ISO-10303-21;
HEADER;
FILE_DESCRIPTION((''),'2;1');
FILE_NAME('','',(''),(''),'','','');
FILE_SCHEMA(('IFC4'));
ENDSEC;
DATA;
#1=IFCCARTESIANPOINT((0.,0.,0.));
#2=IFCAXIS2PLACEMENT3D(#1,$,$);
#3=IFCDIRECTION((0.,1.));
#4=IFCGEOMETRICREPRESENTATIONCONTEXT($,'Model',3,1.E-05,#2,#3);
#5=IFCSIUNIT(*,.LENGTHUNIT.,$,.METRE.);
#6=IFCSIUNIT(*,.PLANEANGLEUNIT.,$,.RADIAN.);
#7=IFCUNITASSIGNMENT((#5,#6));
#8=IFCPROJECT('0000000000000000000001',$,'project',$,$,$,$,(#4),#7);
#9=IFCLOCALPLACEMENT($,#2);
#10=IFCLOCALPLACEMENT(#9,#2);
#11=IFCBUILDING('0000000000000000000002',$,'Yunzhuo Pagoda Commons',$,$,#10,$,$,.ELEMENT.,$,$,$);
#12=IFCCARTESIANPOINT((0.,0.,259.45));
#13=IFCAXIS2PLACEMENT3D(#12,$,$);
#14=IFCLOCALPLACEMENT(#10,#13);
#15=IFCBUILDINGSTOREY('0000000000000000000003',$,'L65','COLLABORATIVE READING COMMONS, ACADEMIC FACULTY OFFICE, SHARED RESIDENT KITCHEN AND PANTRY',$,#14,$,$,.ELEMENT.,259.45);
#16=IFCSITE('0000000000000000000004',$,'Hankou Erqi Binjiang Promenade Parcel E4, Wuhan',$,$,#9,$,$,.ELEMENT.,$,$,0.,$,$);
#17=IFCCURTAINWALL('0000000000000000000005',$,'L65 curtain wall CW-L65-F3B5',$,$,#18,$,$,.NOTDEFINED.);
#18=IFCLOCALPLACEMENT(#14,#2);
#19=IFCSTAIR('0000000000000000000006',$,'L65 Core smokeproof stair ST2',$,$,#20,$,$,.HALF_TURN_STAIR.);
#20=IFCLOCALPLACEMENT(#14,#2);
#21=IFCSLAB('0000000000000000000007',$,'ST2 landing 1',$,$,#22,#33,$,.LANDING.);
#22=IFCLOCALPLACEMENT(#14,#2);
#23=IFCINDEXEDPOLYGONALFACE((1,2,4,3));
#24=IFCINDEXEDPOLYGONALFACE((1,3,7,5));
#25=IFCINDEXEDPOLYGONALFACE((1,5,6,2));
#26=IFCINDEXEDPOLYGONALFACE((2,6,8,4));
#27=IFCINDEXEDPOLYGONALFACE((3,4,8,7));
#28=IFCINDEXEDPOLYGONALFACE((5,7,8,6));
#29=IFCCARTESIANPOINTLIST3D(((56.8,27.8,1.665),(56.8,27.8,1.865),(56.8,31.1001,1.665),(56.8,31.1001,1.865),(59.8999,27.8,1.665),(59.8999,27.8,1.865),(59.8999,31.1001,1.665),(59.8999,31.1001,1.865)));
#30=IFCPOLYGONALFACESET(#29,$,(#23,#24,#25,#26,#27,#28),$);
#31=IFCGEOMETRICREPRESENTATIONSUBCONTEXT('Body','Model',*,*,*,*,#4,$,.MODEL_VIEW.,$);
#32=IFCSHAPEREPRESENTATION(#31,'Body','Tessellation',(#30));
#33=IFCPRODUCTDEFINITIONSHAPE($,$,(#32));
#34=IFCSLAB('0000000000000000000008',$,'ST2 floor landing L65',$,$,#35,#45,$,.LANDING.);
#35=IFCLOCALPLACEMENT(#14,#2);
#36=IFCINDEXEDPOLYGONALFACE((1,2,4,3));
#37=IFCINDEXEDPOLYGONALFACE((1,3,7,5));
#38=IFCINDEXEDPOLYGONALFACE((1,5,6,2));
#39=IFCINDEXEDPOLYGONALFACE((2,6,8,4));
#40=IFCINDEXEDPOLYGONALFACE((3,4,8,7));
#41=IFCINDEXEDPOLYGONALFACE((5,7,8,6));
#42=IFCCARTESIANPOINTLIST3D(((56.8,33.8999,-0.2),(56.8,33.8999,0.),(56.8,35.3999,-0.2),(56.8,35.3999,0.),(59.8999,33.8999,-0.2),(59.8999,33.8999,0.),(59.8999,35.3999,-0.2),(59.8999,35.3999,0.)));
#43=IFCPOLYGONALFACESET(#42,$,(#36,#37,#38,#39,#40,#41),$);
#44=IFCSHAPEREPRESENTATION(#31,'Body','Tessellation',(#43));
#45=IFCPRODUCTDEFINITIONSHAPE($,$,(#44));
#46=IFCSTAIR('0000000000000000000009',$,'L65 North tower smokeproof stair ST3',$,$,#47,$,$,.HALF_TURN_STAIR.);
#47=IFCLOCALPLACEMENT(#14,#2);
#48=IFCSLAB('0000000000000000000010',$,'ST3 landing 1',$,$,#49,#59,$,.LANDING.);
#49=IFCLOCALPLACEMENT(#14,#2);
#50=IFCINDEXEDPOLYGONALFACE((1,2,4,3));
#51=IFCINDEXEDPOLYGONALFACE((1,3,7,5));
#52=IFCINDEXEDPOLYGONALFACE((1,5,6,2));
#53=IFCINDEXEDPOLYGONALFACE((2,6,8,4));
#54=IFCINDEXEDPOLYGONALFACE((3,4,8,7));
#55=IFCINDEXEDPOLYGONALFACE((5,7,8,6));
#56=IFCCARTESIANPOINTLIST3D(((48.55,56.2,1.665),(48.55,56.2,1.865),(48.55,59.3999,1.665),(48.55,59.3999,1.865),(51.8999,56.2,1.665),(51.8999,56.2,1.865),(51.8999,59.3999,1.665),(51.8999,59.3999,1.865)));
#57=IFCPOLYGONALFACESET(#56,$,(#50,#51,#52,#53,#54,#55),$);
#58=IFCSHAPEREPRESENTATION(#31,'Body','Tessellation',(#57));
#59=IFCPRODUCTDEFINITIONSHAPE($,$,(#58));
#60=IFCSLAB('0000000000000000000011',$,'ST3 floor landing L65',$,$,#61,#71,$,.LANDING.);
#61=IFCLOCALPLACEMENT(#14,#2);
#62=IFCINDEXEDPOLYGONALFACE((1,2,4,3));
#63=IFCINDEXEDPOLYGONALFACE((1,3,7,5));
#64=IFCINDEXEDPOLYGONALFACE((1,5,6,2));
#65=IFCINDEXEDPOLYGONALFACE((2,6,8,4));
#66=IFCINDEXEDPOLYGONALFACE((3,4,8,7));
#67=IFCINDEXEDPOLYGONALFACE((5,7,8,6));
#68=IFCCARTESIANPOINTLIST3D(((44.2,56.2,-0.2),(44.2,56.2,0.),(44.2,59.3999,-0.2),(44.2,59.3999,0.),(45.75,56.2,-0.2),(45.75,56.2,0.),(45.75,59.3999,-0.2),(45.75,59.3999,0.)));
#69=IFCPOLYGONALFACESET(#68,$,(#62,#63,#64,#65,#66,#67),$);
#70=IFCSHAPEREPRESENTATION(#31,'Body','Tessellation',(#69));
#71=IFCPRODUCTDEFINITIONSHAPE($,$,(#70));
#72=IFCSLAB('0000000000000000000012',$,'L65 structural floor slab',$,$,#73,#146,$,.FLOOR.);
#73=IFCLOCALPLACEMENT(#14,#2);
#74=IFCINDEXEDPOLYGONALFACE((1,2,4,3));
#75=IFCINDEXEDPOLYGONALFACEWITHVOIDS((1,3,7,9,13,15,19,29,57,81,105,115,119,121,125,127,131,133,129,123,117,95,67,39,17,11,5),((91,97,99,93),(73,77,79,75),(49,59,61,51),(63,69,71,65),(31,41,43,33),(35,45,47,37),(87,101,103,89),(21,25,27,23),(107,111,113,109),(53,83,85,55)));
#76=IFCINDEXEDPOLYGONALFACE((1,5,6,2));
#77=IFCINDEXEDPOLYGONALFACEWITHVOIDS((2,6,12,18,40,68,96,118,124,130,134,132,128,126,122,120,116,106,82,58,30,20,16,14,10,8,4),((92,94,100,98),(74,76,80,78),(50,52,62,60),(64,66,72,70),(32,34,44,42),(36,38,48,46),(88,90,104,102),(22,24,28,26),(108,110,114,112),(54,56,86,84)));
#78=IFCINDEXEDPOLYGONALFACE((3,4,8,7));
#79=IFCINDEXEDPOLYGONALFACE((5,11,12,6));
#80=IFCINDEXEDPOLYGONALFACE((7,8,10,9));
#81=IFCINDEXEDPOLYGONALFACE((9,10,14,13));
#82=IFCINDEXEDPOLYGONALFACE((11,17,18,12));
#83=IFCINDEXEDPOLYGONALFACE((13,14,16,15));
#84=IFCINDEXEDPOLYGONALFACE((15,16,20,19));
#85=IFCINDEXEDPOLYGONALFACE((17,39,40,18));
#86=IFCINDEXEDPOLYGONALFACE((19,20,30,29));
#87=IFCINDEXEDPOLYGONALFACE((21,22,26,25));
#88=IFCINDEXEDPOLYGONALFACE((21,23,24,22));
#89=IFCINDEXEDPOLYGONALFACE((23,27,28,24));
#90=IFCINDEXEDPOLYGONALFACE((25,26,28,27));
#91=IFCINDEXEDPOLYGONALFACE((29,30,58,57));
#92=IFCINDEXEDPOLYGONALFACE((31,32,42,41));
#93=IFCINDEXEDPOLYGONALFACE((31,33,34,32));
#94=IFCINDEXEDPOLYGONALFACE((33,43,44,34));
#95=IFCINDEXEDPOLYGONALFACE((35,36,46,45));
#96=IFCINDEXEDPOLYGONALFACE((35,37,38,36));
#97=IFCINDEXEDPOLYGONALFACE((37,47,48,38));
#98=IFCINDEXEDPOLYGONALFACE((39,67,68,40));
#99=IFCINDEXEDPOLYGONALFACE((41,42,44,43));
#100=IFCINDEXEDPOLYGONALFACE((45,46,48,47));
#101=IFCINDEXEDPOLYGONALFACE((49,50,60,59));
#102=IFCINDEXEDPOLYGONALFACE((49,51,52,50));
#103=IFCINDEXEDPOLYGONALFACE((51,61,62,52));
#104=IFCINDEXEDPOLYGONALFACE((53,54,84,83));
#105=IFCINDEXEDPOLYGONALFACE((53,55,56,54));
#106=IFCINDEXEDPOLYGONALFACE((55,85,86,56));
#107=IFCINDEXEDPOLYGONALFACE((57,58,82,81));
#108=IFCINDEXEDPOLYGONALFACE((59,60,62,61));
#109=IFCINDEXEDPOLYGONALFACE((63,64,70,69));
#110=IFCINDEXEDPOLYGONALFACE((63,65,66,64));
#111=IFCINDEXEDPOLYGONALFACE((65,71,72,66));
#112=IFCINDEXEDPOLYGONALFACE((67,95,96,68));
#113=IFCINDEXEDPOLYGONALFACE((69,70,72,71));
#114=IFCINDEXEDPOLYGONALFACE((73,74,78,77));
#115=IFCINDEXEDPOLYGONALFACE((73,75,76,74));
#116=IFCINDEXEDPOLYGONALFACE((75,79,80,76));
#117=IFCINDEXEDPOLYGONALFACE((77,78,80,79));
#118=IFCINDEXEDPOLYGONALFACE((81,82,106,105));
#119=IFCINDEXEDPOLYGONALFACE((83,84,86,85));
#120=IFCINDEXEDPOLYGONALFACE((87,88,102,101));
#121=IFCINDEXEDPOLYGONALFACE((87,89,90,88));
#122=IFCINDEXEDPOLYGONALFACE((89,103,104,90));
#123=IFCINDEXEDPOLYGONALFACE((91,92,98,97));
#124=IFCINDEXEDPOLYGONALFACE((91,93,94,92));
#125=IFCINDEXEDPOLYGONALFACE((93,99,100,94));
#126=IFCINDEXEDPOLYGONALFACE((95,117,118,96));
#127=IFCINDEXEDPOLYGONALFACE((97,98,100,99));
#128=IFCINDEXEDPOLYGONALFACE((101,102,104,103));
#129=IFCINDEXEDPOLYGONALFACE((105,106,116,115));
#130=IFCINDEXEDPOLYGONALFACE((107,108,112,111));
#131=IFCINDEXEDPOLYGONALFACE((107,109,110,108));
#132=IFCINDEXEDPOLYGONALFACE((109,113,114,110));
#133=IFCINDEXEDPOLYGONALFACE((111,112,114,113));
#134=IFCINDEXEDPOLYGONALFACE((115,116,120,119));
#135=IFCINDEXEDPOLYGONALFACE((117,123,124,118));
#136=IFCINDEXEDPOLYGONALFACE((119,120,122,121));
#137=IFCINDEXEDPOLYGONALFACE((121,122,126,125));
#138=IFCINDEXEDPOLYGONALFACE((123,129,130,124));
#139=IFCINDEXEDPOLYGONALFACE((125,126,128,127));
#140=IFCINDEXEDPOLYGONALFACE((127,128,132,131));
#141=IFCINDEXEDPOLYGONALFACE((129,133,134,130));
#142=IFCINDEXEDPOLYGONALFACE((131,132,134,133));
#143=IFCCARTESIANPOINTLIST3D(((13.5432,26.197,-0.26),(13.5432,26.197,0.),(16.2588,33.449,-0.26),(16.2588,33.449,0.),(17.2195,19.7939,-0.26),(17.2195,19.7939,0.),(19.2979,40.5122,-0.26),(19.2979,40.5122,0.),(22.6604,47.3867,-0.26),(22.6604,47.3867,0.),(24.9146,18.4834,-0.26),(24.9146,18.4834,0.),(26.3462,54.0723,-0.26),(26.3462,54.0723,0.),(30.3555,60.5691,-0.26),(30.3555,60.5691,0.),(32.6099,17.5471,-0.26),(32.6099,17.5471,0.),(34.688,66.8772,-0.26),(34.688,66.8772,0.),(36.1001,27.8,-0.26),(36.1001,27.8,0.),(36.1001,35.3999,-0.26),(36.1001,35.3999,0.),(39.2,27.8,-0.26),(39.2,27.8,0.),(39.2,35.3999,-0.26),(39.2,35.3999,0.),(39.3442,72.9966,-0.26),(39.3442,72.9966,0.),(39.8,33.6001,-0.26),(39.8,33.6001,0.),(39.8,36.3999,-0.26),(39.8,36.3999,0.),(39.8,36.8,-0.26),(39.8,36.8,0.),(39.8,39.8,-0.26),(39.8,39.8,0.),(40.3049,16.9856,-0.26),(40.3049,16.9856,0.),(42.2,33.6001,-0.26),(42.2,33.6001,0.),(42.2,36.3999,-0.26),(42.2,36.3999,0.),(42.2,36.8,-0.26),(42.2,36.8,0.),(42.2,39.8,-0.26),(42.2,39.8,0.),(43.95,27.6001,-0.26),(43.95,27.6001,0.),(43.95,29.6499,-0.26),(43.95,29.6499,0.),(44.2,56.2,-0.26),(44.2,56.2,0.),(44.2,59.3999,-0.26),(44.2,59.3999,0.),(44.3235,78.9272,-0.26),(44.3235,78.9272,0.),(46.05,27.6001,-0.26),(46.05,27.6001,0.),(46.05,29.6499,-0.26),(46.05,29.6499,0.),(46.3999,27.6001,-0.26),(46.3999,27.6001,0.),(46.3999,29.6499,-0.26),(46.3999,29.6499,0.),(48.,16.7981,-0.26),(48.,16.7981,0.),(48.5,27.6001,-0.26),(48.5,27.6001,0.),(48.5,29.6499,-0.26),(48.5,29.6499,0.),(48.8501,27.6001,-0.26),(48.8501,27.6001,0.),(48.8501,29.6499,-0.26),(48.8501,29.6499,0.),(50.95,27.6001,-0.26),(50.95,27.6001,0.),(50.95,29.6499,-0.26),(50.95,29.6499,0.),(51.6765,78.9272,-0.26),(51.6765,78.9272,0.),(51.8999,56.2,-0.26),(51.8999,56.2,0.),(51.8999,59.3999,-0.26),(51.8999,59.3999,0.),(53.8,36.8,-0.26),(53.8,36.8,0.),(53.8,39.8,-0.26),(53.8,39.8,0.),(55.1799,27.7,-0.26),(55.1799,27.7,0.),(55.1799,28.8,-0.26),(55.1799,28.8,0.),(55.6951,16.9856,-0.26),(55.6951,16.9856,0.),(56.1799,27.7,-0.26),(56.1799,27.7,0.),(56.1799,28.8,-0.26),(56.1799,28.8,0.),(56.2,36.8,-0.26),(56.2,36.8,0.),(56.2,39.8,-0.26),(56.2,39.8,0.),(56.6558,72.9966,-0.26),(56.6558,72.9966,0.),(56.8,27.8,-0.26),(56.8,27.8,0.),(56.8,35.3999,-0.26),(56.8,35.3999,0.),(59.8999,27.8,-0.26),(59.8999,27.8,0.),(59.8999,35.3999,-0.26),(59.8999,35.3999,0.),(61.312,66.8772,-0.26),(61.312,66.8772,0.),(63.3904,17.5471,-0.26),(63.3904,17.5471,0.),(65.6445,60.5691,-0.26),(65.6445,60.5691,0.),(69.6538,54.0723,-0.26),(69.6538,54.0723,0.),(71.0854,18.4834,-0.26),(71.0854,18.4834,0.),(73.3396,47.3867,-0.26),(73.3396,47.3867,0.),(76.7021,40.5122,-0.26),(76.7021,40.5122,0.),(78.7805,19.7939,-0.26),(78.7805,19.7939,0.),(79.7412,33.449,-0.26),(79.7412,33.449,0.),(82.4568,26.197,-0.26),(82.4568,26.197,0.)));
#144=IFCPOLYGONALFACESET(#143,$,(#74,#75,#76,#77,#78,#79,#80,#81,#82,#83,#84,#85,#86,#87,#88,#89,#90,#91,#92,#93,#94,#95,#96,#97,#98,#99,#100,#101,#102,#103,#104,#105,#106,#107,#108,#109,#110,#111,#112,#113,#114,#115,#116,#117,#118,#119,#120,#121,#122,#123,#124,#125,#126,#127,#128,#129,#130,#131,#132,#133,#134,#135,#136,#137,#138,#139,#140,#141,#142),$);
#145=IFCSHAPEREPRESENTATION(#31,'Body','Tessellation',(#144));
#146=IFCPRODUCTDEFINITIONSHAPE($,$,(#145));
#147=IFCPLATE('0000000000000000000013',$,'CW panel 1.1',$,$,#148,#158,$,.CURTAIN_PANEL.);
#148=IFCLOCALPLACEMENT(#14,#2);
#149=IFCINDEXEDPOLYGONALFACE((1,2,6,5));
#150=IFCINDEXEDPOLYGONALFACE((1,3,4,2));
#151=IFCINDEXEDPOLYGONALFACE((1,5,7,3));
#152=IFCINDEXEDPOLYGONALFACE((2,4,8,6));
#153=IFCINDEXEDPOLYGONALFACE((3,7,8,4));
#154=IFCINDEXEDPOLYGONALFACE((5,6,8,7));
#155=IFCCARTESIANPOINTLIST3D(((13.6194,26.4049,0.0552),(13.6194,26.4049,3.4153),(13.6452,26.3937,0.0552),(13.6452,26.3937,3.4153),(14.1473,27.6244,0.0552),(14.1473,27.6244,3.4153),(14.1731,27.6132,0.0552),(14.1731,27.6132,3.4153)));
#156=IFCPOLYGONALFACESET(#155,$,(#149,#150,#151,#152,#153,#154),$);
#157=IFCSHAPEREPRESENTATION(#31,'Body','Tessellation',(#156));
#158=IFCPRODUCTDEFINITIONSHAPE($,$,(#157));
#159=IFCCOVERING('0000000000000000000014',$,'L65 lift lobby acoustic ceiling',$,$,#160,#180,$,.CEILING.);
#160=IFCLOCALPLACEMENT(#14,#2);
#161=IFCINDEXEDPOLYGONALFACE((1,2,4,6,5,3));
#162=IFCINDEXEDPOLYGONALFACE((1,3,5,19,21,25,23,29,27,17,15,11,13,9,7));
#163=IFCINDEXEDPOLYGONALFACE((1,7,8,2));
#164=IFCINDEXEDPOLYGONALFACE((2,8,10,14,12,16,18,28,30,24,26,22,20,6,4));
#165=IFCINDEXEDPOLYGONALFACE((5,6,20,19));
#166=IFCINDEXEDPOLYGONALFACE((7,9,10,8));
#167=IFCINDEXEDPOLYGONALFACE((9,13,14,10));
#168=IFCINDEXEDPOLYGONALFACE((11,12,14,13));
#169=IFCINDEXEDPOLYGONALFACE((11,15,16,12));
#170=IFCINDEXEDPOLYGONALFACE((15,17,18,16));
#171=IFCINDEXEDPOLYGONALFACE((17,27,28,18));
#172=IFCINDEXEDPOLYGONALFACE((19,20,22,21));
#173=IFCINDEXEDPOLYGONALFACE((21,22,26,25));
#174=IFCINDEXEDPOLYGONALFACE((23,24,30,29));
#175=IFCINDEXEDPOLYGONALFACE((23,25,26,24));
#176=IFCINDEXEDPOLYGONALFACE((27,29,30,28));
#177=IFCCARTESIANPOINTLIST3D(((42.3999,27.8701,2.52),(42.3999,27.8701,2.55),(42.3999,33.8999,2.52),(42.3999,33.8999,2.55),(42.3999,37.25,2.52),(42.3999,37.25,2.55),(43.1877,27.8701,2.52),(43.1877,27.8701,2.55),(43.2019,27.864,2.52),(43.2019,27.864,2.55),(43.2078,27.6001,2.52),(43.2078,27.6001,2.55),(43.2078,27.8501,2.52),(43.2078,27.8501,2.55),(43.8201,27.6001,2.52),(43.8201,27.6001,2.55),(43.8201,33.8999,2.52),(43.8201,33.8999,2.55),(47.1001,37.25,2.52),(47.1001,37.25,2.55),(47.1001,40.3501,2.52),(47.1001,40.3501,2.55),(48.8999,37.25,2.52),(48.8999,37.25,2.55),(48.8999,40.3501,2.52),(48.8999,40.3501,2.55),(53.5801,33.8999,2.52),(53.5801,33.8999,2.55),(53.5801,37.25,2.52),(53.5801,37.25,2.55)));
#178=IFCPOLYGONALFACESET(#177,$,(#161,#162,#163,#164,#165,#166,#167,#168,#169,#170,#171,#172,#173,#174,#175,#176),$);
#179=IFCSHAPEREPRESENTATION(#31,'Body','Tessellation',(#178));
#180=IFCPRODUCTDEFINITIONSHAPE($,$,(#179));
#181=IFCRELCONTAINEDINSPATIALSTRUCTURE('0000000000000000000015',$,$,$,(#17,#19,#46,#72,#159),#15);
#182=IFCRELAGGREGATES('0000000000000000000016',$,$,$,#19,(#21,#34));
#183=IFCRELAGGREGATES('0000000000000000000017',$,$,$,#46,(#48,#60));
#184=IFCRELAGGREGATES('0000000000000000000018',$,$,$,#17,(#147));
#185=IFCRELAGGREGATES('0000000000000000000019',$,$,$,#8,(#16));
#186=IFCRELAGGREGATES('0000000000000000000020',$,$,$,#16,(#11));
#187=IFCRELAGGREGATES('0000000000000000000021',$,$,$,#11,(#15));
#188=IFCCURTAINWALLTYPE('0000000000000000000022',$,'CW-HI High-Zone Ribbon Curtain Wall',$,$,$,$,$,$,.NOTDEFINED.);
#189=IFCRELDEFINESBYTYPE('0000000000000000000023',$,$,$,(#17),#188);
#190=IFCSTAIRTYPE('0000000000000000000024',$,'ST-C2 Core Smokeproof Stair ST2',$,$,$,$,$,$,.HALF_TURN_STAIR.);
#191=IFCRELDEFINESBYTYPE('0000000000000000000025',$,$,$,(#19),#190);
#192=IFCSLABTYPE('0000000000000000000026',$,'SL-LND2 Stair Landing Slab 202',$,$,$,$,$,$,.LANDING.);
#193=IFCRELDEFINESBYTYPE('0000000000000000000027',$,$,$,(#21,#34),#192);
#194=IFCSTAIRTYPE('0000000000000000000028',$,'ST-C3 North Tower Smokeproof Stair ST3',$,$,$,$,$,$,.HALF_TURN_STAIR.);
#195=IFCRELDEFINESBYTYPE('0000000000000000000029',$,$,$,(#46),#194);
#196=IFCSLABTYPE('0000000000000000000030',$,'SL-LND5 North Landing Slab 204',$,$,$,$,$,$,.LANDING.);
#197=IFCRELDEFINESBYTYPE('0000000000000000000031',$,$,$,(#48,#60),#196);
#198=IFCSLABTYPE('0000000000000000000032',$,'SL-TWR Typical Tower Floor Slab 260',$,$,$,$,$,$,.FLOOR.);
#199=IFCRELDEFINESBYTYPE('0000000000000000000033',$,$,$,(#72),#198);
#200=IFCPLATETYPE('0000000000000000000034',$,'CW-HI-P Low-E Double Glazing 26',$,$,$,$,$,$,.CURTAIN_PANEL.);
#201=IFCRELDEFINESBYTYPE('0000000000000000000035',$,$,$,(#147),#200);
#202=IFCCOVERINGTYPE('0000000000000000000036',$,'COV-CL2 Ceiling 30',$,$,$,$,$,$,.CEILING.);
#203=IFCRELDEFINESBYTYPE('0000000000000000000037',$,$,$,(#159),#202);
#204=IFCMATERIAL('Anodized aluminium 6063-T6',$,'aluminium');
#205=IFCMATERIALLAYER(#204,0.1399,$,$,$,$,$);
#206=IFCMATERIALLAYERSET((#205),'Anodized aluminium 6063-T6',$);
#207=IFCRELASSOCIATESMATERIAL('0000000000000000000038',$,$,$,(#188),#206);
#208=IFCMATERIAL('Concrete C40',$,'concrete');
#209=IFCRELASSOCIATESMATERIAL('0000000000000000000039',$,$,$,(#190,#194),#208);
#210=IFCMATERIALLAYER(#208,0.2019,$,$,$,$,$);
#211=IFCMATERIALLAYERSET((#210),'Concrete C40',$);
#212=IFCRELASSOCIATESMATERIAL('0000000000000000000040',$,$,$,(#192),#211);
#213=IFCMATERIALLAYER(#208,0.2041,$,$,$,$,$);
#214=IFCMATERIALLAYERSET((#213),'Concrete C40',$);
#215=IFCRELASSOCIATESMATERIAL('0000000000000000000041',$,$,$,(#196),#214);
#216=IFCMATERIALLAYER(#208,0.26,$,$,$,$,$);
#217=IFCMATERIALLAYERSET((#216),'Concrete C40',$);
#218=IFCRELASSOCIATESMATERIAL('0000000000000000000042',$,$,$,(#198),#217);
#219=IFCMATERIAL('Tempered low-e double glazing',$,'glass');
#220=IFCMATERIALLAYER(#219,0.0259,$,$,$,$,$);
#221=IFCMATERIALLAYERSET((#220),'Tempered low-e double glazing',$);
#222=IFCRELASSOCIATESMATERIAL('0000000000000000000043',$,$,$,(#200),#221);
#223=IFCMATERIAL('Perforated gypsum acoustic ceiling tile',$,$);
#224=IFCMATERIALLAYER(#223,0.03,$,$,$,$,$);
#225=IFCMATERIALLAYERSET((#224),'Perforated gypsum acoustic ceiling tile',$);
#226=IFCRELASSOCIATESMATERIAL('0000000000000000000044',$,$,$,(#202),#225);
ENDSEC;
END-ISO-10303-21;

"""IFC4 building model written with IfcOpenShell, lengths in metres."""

from ifc_helpers import new_model, si_unit, direction, frame, origin, origin_2d, place, context, subcontext, project, spatial, polyline, rectangle, outline, extrude, source, transform, mapped, material, layer, layer_set, type_object, element, aggregate, save


model = new_model("IFC4")

# Units and contexts
model_context = context("Model", 3, precision=1e-05, world=origin(), true_north=direction((0.0, 1.0)))
body_context = subcontext(model_context, "Body", "Model", "MODEL_VIEW")
ifc_project = project(units=[si_unit("LENGTHUNIT", "METRE"), si_unit("PLANEANGLEUNIT", "RADIAN")], contexts=[model_context])

# Site, building, storey
site_placement = place(None, origin())
site = spatial("IfcSite", under=ifc_project, at=site_placement, Name="Hankou Erqi Binjiang Promenade Parcel E4, Wuhan", CompositionType="ELEMENT", RefElevation=0.0)
building_placement = place(site_placement, origin())
building = spatial("IfcBuilding", under=site, at=building_placement, Name="Yunzhuo Pagoda Commons", CompositionType="ELEMENT")
storey_placement = place(building_placement, frame((0.0, 0.0, 259.45)))
storey = spatial("IfcBuildingStorey", under=building, at=storey_placement, Name="L65", Description="COLLABORATIVE READING COMMONS, ACADEMIC FACULTY OFFICE, SHARED RESIDENT KITCHEN AND PANTRY", CompositionType="ELEMENT", Elevation=259.45)

# Shared definitions
ifc_material_1 = material(Name="Anodized aluminium 6063-T6", Category="aluminium")
ifc_layer_1 = layer(ifc_material_1, 0.1399)
ifc_layer_set_1 = layer_set([ifc_layer_1], Name="Anodized aluminium 6063-T6")
curtain_wall_type = type_object("IfcCurtainWallType", Name="CW-HI High-Zone Ribbon Curtain Wall", PredefinedType="NOTDEFINED", material=ifc_layer_set_1)

# Curtain wall
curtain_wall_1_placement = place(storey_placement, origin())
curtain_wall_1 = element("IfcCurtainWall", 1, at=curtain_wall_1_placement, inside=storey, type_object=curtain_wall_type, Name="L65 curtain wall CW-L65-F3B5", PredefinedType="NOTDEFINED")

# Shared definitions
ifc_material_2 = material(Name="Concrete C40", Category="concrete")

# Stairs, slabs
stair_type_1 = type_object("IfcStairType", Name="ST-C2 Core Smokeproof Stair ST2", PredefinedType="HALF_TURN_STAIR", material=ifc_material_2)
stair_1_placement = place(storey_placement, origin())
stair_1 = element("IfcStair", 2, at=stair_1_placement, inside=storey, type_object=stair_type_1, Name="L65 Core smokeproof stair ST2", PredefinedType="HALF_TURN_STAIR")
ifc_layer_2 = layer(ifc_material_2, 0.2019)
ifc_layer_set_2 = layer_set([ifc_layer_2], Name="Concrete C40")
slab_type_1 = type_object("IfcSlabType", Name="SL-LND2 Stair Landing Slab 202", PredefinedType="LANDING", material=ifc_layer_set_2)
slab_1_placement = place(storey_placement, frame((0.0, 0.0, 1.665)))
slab_1 = element("IfcSlab", 3, at=slab_1_placement, type_object=slab_type_1, Name="ST2 landing 1", PredefinedType="LANDING", context=body_context, shape_type="SweptSolid", body=[
    extrude(outline(polyline([(56.8, 31.1001), (56.8, 27.8), (59.8999, 27.8), (59.8999, 31.1001), (56.8, 31.1001)])), origin(), (0.0, 0.0, 1.0), 0.2),
])
slab_2_placement = place(storey_placement, frame((0.0, 0.0, -0.2)))
slab_2 = element("IfcSlab", 4, at=slab_2_placement, type_object=slab_type_1, Name="ST2 floor landing L65", PredefinedType="LANDING", context=body_context, shape_type="SweptSolid", body=[
    extrude(outline(polyline([(56.8, 35.3999), (56.8, 33.8999), (59.8999, 33.8999), (59.8999, 35.3999), (56.8, 35.3999)])), origin(), (0.0, 0.0, 1.0), 0.2),
])
aggregate(stair_1, [slab_1, slab_2])
stair_type_2 = type_object("IfcStairType", Name="ST-C3 North Tower Smokeproof Stair ST3", PredefinedType="HALF_TURN_STAIR", material=ifc_material_2)
stair_2_placement = place(storey_placement, origin())
stair_2 = element("IfcStair", 5, at=stair_2_placement, inside=storey, type_object=stair_type_2, Name="L65 North tower smokeproof stair ST3", PredefinedType="HALF_TURN_STAIR")
ifc_layer_3 = layer(ifc_material_2, 0.2041)
ifc_layer_set_3 = layer_set([ifc_layer_3], Name="Concrete C40")
slab_type_2 = type_object("IfcSlabType", Name="SL-LND5 North Landing Slab 204", PredefinedType="LANDING", material=ifc_layer_set_3)
slab_3_placement = place(storey_placement, frame((0.0, 0.0, 1.665)))
slab_3 = element("IfcSlab", 6, at=slab_3_placement, type_object=slab_type_2, Name="ST3 landing 1", PredefinedType="LANDING", context=body_context, shape_type="SweptSolid", body=[
    extrude(outline(polyline([(48.55, 56.2), (51.8999, 56.2), (51.8999, 59.3999), (48.55, 59.3999), (48.55, 56.2)])), origin(), (0.0, 0.0, 1.0), 0.2),
])
slab_4_placement = place(storey_placement, frame((0.0, 0.0, -0.2)))
slab_4 = element("IfcSlab", 7, at=slab_4_placement, type_object=slab_type_2, Name="ST3 floor landing L65", PredefinedType="LANDING", context=body_context, shape_type="SweptSolid", body=[
    extrude(outline(polyline([(44.2, 56.2), (45.75, 56.2), (45.75, 59.3999), (44.2, 59.3999), (44.2, 56.2)])), origin(), (0.0, 0.0, 1.0), 0.2),
])
aggregate(stair_2, [slab_3, slab_4])

# Slab
ifc_layer_4 = layer(ifc_material_2, 0.26)
ifc_layer_set_4 = layer_set([ifc_layer_4], Name="Concrete C40")
slab_type_3 = type_object("IfcSlabType", Name="SL-TWR Typical Tower Floor Slab 260", PredefinedType="FLOOR", material=ifc_layer_set_4)
slab_5_placement = place(storey_placement, frame((0.0, 0.0, -0.26)))
element("IfcSlab", 8, at=slab_5_placement, inside=storey, type_object=slab_type_3, Name="L65 structural floor slab", PredefinedType="FLOOR", context=body_context, shape_type="SweptSolid", body=[
    extrude(outline(polyline([(16.2588, 33.449), (19.2979, 40.5122), (22.6604, 47.3867), (26.3462, 54.0723), (30.3555, 60.5691), (34.688, 66.8772), (39.3442, 72.9966), (44.3235, 78.9272), (51.6765, 78.9272), (56.6558, 72.9966), (61.312, 66.8772), (65.6445, 60.5691), (69.6538, 54.0723), (73.3396, 47.3867), (76.7021, 40.5122), (79.7412, 33.449), (82.4568, 26.197), (78.7805, 19.7939), (71.0854, 18.4834), (63.3904, 17.5471), (55.6951, 16.9856), (48.0, 16.7981), (40.3049, 16.9856), (32.6099, 17.5471), (24.9146, 18.4834), (17.2195, 19.7939), (13.5432, 26.197), (16.2588, 33.449)]), holes=[polyline([(56.1799, 28.8), (55.1799, 28.8), (55.1799, 27.7), (56.1799, 27.7), (56.1799, 28.8)]), polyline([(46.05, 29.6499), (43.95, 29.6499), (43.95, 27.6001), (46.05, 27.6001), (46.05, 29.6499)]), polyline([(48.5, 29.6499), (46.3999, 29.6499), (46.3999, 27.6001), (48.5, 27.6001), (48.5, 29.6499)]), polyline([(50.95, 27.6001), (50.95, 29.6499), (48.8501, 29.6499), (48.8501, 27.6001), (50.95, 27.6001)]), polyline([(36.1001, 27.8), (39.2, 27.8), (39.2, 35.3999), (36.1001, 35.3999), (36.1001, 27.8)]), polyline([(59.8999, 27.8), (59.8999, 35.3999), (56.8, 35.3999), (56.8, 27.8), (59.8999, 27.8)]), polyline([(42.2, 36.3999), (39.8, 36.3999), (39.8, 33.6001), (42.2, 33.6001), (42.2, 36.3999)]), polyline([(42.2, 39.8), (39.8, 39.8), (39.8, 36.8), (42.2, 36.8), (42.2, 39.8)]), polyline([(56.2, 36.8), (56.2, 39.8), (53.8, 39.8), (53.8, 36.8), (56.2, 36.8)]), polyline([(51.8999, 56.2), (51.8999, 59.3999), (44.2, 59.3999), (44.2, 56.2), (51.8999, 56.2)])]), origin(), (0.0, 0.0, 1.0), 0.26),
])

# Plate
ifc_material_3 = material(Name="Tempered low-e double glazing", Category="glass")
ifc_layer_5 = layer(ifc_material_3, 0.0259)
ifc_layer_set_5 = layer_set([ifc_layer_5], Name="Tempered low-e double glazing")
plate_type = type_object("IfcPlateType", Name="CW-HI-P Low-E Double Glazing 26", PredefinedType="CURTAIN_PANEL", material=ifc_layer_set_5)
shared_shape_1 = source(origin(), body_context, "Body", "SweptSolid", [
    extrude(rectangle(XDim=1.3289, YDim=0.0281, at=origin_2d()), origin(), (0.0, 0.0, 1.0), 3.3601),
])
plate_placement = place(storey_placement, frame((13.8962, 27.009, 0.0552), z_axis=(0.0, 0.0, 1.0), x_axis=(-0.397257, -0.917707, 0.0)))
plate = element("IfcPlate", 9, at=plate_placement, type_object=plate_type, Name="CW panel 1.1", PredefinedType="CURTAIN_PANEL", context=body_context, shape_type="MappedRepresentation", body=[
    mapped(shared_shape_1, transform((0.0, 0.0, 0.0), scale=1.0)),
])
aggregate(curtain_wall_1, [plate])

# Covering
ifc_material_4 = material(Name="Perforated gypsum acoustic ceiling tile")
ifc_layer_6 = layer(ifc_material_4, 0.03)
ifc_layer_set_6 = layer_set([ifc_layer_6], Name="Perforated gypsum acoustic ceiling tile")
covering_type_1 = type_object("IfcCoveringType", Name="COV-CL2 Ceiling 30", PredefinedType="CEILING", material=ifc_layer_set_6)
covering_1_placement = place(storey_placement, frame((0.0, 0.0, 2.52)))
element("IfcCovering", 10, at=covering_1_placement, inside=storey, type_object=covering_type_1, Name="L65 lift lobby acoustic ceiling", PredefinedType="CEILING", context=body_context, shape_type="SweptSolid", body=[
    extrude(outline(polyline([(43.2078, 27.8501), (43.2019, 27.864), (43.1877, 27.8701), (42.3999, 27.8701), (42.3999, 33.8999), (42.3999, 37.25), (47.1001, 37.25), (47.1001, 40.3501), (48.8999, 40.3501), (48.8999, 37.25), (53.5801, 37.25), (53.5801, 33.8999), (43.8201, 33.8999), (43.8201, 27.6001), (43.2078, 27.6001), (43.2078, 27.8501)])), origin(), (0.0, 0.0, 1.0), 0.03),
])

save(model, "model.ifc")
